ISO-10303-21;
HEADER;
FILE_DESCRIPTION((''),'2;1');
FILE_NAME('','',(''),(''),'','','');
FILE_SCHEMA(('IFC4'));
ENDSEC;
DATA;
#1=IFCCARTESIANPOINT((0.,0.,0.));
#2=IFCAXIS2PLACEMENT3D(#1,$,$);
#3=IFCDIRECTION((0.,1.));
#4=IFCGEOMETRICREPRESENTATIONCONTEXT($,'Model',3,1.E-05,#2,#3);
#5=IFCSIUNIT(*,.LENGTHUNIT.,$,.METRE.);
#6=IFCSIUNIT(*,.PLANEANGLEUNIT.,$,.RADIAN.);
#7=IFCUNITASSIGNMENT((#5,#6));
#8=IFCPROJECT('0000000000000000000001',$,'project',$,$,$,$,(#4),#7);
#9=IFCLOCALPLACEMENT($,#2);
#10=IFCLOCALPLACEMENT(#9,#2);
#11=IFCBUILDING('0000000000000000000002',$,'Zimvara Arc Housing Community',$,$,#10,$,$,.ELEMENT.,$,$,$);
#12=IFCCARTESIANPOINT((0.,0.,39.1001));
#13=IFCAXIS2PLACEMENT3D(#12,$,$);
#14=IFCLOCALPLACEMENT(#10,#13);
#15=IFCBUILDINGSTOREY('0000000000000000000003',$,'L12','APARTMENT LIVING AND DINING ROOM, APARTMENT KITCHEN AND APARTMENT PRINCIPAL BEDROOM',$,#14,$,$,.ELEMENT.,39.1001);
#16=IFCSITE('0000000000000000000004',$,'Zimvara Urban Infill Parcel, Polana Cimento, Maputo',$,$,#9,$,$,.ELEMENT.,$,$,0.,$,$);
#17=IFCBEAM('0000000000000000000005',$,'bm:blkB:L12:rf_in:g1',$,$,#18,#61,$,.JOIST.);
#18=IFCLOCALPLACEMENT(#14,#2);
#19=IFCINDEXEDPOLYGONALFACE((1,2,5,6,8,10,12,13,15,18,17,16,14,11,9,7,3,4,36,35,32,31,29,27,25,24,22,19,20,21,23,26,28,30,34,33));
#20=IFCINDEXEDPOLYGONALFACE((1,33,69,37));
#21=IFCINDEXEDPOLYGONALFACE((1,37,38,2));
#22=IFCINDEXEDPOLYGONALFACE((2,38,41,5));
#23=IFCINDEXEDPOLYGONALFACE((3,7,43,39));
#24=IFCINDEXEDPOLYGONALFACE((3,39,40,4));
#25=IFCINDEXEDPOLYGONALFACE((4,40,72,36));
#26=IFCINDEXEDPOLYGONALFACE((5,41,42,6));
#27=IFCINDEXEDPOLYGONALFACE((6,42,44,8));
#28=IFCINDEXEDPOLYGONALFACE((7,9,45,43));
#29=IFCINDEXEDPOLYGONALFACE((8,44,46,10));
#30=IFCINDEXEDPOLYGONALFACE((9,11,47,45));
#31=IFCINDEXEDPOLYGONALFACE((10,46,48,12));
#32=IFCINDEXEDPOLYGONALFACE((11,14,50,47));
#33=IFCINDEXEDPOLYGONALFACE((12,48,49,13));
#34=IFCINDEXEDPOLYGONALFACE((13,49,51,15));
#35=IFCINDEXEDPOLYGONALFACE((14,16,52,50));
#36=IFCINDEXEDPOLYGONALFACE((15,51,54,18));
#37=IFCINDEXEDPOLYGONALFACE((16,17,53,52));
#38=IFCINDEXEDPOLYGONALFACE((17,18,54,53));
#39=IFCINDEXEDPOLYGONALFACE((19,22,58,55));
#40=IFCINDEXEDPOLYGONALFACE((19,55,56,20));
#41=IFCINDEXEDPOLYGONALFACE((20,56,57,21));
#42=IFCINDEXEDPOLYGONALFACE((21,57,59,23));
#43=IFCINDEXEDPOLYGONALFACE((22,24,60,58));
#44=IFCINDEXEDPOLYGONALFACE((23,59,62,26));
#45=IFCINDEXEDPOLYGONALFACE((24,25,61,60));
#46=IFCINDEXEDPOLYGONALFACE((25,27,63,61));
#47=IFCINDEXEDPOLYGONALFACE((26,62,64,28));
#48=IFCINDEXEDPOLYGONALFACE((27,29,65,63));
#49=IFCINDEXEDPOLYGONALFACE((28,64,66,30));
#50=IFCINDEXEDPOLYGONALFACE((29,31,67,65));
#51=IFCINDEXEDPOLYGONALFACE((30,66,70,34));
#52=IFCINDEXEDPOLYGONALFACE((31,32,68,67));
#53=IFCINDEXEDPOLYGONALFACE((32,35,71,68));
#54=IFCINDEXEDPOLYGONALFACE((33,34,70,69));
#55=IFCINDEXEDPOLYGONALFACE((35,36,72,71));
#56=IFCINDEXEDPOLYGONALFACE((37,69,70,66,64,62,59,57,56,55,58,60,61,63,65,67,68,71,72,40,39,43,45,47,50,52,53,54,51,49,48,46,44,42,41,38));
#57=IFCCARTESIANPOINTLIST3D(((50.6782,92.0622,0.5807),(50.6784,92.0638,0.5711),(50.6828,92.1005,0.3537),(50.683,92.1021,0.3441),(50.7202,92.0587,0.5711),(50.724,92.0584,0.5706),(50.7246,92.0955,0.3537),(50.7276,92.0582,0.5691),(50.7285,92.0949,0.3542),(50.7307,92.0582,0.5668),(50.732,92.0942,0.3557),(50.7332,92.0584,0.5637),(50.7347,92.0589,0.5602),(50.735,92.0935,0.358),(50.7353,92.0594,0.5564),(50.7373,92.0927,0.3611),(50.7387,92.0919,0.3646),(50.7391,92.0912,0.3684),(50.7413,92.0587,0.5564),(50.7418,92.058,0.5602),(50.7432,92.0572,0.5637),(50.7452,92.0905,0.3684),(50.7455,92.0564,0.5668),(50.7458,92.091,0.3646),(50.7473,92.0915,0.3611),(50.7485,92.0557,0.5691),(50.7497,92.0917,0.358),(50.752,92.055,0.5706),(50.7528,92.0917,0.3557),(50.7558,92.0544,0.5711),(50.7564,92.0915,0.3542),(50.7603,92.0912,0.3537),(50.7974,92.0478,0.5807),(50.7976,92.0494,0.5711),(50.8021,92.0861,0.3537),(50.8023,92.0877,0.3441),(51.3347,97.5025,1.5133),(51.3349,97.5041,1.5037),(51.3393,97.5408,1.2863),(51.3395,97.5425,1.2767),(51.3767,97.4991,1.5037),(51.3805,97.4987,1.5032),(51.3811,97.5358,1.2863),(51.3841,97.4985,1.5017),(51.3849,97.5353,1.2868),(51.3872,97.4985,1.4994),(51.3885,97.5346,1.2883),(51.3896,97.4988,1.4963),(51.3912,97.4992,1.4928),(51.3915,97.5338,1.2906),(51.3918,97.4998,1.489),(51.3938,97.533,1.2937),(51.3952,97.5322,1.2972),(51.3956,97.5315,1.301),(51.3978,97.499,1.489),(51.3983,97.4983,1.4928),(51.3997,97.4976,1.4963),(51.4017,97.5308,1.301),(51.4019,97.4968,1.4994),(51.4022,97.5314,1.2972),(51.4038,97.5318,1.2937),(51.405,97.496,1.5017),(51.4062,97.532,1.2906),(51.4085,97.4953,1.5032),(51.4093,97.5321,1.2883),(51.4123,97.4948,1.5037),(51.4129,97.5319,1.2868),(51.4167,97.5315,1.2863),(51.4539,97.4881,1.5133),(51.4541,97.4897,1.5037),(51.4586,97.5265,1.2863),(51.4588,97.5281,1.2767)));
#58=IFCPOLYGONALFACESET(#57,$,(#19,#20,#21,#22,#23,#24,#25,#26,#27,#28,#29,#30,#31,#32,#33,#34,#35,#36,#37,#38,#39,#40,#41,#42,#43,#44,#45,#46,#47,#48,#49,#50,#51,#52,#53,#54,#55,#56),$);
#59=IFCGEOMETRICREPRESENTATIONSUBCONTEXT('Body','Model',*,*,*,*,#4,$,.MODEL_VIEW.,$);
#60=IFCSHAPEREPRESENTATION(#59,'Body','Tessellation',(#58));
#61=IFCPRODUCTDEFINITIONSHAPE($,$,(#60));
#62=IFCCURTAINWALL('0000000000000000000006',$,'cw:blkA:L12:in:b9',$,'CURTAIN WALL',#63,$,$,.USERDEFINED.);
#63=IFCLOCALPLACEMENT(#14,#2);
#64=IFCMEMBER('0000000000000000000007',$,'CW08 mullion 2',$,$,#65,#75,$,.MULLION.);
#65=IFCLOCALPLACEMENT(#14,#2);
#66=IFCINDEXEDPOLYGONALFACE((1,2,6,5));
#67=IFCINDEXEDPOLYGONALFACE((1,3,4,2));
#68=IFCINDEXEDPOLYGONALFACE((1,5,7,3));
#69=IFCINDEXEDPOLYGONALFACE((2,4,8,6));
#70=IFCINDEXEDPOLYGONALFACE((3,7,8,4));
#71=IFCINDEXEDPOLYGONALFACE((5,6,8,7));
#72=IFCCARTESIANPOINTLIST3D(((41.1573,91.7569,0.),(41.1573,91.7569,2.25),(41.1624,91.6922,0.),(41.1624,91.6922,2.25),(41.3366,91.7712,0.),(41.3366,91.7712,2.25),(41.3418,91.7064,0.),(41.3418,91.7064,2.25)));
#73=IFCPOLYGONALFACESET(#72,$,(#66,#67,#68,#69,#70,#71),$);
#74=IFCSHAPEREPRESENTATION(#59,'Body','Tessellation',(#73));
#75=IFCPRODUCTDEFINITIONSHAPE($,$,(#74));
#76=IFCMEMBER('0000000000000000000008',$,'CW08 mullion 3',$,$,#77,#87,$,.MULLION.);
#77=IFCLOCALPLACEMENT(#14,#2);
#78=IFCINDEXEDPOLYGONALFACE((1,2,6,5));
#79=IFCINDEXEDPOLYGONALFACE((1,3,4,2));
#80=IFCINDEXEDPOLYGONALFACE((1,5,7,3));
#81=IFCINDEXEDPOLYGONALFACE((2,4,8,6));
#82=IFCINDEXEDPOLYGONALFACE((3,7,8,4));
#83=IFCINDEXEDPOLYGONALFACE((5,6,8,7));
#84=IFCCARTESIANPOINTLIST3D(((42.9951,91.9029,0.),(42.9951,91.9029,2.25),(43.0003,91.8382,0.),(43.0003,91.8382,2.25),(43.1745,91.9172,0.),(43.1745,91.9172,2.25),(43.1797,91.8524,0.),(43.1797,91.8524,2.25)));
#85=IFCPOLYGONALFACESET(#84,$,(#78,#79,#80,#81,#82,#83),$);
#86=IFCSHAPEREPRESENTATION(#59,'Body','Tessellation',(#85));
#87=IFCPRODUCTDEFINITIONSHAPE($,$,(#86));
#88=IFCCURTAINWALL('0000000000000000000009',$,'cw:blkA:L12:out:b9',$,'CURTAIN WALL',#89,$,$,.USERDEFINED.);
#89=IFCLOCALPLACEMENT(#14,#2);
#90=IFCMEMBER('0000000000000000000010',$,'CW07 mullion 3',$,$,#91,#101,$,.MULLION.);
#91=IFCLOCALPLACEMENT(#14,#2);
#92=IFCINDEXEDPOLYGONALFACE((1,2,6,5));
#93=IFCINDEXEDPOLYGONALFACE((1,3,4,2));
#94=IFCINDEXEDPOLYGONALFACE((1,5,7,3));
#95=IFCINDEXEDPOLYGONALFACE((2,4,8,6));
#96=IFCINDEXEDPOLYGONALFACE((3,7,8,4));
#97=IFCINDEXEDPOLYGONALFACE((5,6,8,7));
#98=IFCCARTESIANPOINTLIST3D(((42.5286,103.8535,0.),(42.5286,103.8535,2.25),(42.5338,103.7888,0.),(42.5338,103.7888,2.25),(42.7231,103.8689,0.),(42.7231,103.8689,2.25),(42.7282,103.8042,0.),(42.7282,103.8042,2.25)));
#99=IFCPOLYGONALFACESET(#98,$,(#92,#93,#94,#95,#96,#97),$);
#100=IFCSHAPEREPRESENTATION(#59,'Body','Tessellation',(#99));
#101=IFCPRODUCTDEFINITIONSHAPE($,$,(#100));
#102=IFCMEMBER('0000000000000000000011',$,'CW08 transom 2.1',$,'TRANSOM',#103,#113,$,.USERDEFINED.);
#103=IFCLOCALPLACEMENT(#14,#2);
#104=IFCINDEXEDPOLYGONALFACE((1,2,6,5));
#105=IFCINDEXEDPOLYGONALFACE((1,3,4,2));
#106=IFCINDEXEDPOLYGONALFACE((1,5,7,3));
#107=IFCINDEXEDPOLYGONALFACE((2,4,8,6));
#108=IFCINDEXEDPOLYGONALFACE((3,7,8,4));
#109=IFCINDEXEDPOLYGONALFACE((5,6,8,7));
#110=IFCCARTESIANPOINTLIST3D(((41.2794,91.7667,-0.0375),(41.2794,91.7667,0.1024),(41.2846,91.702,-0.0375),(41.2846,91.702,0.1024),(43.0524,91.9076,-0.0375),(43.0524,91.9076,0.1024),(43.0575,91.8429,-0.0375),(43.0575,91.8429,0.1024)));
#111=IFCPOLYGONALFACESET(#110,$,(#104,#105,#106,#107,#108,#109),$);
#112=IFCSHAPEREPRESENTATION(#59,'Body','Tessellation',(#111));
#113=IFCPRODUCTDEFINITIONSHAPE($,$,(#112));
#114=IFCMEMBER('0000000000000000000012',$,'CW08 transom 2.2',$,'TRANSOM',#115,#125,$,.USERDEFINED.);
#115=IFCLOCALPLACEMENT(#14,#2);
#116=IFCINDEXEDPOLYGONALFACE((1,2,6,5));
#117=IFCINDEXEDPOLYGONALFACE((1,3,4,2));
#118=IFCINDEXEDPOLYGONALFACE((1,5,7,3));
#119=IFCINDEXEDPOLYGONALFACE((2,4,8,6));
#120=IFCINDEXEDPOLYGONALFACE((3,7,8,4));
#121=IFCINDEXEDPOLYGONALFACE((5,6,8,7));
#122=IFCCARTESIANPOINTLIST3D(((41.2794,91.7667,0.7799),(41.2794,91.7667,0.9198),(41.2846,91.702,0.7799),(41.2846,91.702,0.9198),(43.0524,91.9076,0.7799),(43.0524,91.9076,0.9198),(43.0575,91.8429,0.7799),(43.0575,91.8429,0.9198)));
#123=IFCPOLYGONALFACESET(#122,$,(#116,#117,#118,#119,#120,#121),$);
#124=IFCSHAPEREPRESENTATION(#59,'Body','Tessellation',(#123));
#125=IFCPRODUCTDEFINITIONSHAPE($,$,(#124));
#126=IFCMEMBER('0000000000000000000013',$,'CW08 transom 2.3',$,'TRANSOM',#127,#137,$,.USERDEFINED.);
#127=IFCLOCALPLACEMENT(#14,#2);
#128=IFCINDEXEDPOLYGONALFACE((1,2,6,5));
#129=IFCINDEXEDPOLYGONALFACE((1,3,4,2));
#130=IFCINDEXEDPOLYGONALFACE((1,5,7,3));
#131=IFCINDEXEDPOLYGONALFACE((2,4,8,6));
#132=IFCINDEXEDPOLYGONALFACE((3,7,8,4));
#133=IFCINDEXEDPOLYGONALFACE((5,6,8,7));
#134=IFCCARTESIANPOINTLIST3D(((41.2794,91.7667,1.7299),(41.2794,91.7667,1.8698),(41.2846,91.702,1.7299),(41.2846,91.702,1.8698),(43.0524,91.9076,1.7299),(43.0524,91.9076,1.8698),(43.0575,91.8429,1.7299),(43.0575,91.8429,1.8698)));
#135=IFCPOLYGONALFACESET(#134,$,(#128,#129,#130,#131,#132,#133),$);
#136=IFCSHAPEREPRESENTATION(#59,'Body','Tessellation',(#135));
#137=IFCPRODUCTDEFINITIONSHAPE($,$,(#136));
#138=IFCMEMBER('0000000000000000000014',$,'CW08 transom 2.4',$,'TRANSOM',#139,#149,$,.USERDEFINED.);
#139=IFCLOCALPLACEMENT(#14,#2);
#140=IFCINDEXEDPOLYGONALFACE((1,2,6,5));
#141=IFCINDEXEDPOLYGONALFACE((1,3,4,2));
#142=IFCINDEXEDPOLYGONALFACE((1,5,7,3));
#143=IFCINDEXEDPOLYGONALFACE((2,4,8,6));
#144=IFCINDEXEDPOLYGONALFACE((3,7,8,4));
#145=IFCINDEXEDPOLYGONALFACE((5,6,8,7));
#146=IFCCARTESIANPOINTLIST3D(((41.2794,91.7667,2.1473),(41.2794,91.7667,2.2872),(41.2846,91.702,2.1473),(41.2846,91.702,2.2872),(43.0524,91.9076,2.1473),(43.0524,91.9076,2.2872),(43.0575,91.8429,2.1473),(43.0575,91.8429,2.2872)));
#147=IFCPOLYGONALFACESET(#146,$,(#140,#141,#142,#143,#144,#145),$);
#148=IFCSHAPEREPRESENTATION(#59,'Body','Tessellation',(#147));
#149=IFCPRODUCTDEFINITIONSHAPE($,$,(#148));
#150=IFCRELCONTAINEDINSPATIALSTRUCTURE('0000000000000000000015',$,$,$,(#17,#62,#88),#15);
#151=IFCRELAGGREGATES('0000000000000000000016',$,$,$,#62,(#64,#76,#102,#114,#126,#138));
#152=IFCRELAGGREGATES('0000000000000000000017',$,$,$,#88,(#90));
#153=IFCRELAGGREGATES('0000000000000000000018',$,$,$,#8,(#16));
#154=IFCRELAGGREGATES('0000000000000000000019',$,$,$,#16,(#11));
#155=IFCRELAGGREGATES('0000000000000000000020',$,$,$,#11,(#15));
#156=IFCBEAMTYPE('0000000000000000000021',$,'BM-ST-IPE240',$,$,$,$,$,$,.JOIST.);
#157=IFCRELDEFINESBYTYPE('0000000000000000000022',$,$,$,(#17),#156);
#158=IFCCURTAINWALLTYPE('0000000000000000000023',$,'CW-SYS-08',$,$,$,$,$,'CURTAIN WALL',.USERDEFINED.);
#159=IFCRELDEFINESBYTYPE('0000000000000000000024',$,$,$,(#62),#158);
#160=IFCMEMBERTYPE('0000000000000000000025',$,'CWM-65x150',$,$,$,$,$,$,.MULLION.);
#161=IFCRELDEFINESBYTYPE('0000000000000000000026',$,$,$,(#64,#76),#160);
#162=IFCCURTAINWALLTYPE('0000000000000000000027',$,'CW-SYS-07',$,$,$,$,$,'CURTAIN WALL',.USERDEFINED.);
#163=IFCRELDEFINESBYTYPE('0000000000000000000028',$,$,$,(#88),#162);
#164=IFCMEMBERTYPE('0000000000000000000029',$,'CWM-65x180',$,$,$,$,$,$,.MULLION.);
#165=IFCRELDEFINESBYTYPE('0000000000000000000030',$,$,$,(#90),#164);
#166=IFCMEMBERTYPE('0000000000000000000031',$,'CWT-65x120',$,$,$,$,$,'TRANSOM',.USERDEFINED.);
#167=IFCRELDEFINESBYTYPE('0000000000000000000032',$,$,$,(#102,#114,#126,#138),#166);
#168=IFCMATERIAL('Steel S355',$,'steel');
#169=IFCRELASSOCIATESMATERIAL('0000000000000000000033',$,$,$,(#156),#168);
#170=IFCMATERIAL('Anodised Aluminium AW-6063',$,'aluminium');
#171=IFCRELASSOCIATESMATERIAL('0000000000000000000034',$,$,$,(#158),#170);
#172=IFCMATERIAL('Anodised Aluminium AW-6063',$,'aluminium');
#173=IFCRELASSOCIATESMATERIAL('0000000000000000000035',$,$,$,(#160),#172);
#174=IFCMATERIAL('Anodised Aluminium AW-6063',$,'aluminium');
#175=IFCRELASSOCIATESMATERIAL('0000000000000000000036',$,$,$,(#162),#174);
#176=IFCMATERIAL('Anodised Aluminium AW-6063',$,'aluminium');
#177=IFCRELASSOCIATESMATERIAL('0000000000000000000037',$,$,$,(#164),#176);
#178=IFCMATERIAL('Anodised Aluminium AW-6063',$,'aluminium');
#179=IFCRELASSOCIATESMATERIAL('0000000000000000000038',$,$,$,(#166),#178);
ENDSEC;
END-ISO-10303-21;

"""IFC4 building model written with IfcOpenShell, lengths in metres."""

from ifc_helpers import new_model, si_unit, direction, frame, origin, origin_2d, place, context, subcontext, project, spatial, rectangle, i_section, extrude, material, material_profile, profile_set, type_object, element, aggregate, save


model = new_model("IFC4")

# Units and contexts
model_context = context("Model", 3, precision=1e-05, world=origin(), true_north=direction((0.0, 1.0)))
body_context = subcontext(model_context, "Body", "Model", "MODEL_VIEW")
ifc_project = project(units=[si_unit("LENGTHUNIT", "METRE"), si_unit("PLANEANGLEUNIT", "RADIAN")], contexts=[model_context])

# Site, building, storey
site_placement = place(None, origin())
site = spatial("IfcSite", under=ifc_project, at=site_placement, Name="Zimvara Urban Infill Parcel, Polana Cimento, Maputo", CompositionType="ELEMENT", RefElevation=0.0)
building_placement = place(site_placement, origin())
building = spatial("IfcBuilding", under=site, at=building_placement, Name="Zimvara Arc Housing Community", CompositionType="ELEMENT")
storey_placement = place(building_placement, frame((0.0, 0.0, 39.1001)))
storey = spatial("IfcBuildingStorey", under=building, at=storey_placement, Name="L12", Description="APARTMENT LIVING AND DINING ROOM, APARTMENT KITCHEN AND APARTMENT PRINCIPAL BEDROOM", CompositionType="ELEMENT", Elevation=39.1001)

# Beam
ifc_material_1 = material(Name="Steel S355", Category="steel")
ifc_material_profile_1 = material_profile(ifc_material_1, i_section(OverallWidth=0.1201, OverallDepth=0.24, WebThickness=0.0061, FlangeThickness=0.0098, FilletRadius=0.0149, at=origin_2d()), Name="IPE 240")
ifc_profile_set_1 = profile_set([ifc_material_profile_1], Name="Steel S355")
beam_type_1 = type_object("IfcBeamType", Name="BM-ST-IPE240", PredefinedType="JOIST", material=ifc_profile_set_1)
beam_1_placement = place(storey_placement, frame((50.7402, 92.075, 0.4624), z_axis=(0.118102, 0.978725, 0.167776), x_axis=(-0.992798, 0.1198, 0.0)))
element("IfcBeam", 1, at=beam_1_placement, inside=storey, type_object=beam_type_1, Name="bm:blkB:L12:rf_in:g1", PredefinedType="JOIST", context=body_context, shape_type="SweptSolid", body=[
    extrude(i_section(OverallWidth=0.1201, OverallDepth=0.24, WebThickness=0.0061, FlangeThickness=0.0098, FilletRadius=0.0149, at=origin_2d()), origin(), (0.0, 0.0, 1.0), 5.5586),
])

# Curtain wall, members
ifc_material_2 = material(Name="Anodised Aluminium AW-6063", Category="aluminium")
curtain_wall_type_1 = type_object("IfcCurtainWallType", Name="CW-SYS-08", ElementType="CURTAIN WALL", PredefinedType="USERDEFINED", material=ifc_material_2)
curtain_wall_1_placement = place(storey_placement, origin())
curtain_wall_1 = element("IfcCurtainWall", 2, at=curtain_wall_1_placement, inside=storey, type_object=curtain_wall_type_1, Name="cw:blkA:L12:in:b9", ObjectType="CURTAIN WALL", PredefinedType="USERDEFINED")
ifc_material_3 = material(Name="Anodised Aluminium AW-6063", Category="aluminium")
ifc_material_profile_2 = material_profile(ifc_material_3, rectangle(XDim=0.0649, YDim=0.1799, at=origin_2d()), Name="ALU 65x180")
ifc_profile_set_2 = profile_set([ifc_material_profile_2], Name="Anodised Aluminium AW-6063")
member_type_1 = type_object("IfcMemberType", Name="CWM-65x150", PredefinedType="MULLION", material=ifc_profile_set_2)
member_1_placement = place(storey_placement, frame((41.2495, 91.7317, 0.0), z_axis=(0.0, 0.0, 1.0), x_axis=(-0.079155, 0.996862, 0.0)))
member_1 = element("IfcMember", 3, at=member_1_placement, type_object=member_type_1, Name="CW08 mullion 2", PredefinedType="MULLION", context=body_context, shape_type="SweptSolid", body=[
    extrude(rectangle(XDim=0.0649, YDim=0.1799, at=origin_2d()), origin(), (0.0, 0.0, 1.0), 2.25),
])
member_2_placement = place(storey_placement, frame((43.0874, 91.8777, 0.0), z_axis=(0.0, 0.0, 1.0), x_axis=(-0.079155, 0.996862, 0.0)))
member_2 = element("IfcMember", 4, at=member_2_placement, type_object=member_type_1, Name="CW08 mullion 3", PredefinedType="MULLION", context=body_context, shape_type="SweptSolid", body=[
    extrude(rectangle(XDim=0.0649, YDim=0.1799, at=origin_2d()), origin(), (0.0, 0.0, 1.0), 2.25),
])

# Curtain wall, member
ifc_material_4 = material(Name="Anodised Aluminium AW-6063", Category="aluminium")
curtain_wall_type_2 = type_object("IfcCurtainWallType", Name="CW-SYS-07", ElementType="CURTAIN WALL", PredefinedType="USERDEFINED", material=ifc_material_4)
curtain_wall_2_placement = place(storey_placement, origin())
curtain_wall_2 = element("IfcCurtainWall", 5, at=curtain_wall_2_placement, inside=storey, type_object=curtain_wall_type_2, Name="cw:blkA:L12:out:b9", ObjectType="CURTAIN WALL", PredefinedType="USERDEFINED")
ifc_material_5 = material(Name="Anodised Aluminium AW-6063", Category="aluminium")
ifc_material_profile_3 = material_profile(ifc_material_5, rectangle(XDim=0.0649, YDim=0.1951, at=origin_2d()), Name="ALU 65x195")
ifc_profile_set_3 = profile_set([ifc_material_profile_3], Name="Anodised Aluminium AW-6063")
member_type_2 = type_object("IfcMemberType", Name="CWM-65x180", PredefinedType="MULLION", material=ifc_profile_set_3)
member_3_placement = place(storey_placement, frame((42.6284, 103.8289, 0.0), z_axis=(0.0, 0.0, 1.0), x_axis=(-0.079154, 0.996862, 0.0)))
member_3 = element("IfcMember", 6, at=member_3_placement, type_object=member_type_2, Name="CW07 mullion 3", PredefinedType="MULLION", context=body_context, shape_type="SweptSolid", body=[
    extrude(rectangle(XDim=0.0649, YDim=0.1951, at=origin_2d()), origin(), (0.0, 0.0, 1.0), 2.25),
])

# Members
ifc_material_6 = material(Name="Anodised Aluminium AW-6063", Category="aluminium")
ifc_material_profile_4 = material_profile(ifc_material_6, rectangle(XDim=0.0649, YDim=0.1399, at=origin_2d()), Name="ALU 65x140")
ifc_profile_set_4 = profile_set([ifc_material_profile_4], Name="Anodised Aluminium AW-6063")
member_type_3 = type_object("IfcMemberType", Name="CWT-65x120", ElementType="TRANSOM", PredefinedType="USERDEFINED", material=ifc_profile_set_4)
member_4_placement = place(storey_placement, frame((41.282, 91.7344, 0.0325), z_axis=(0.996858, 0.079205, 0.0), x_axis=(-0.079205, 0.996858, 0.0)))
member_4 = element("IfcMember", 7, at=member_4_placement, type_object=member_type_3, Name="CW08 transom 2.1", ObjectType="TRANSOM", PredefinedType="USERDEFINED", context=body_context, shape_type="SweptSolid", body=[
    extrude(rectangle(XDim=0.0649, YDim=0.1399, at=origin_2d()), origin(), (0.0, 0.0, 1.0), 1.7786),
])
member_5_placement = place(storey_placement, frame((41.282, 91.7344, 0.8499), z_axis=(0.996858, 0.079205, 0.0), x_axis=(-0.079205, 0.996858, 0.0)))
member_5 = element("IfcMember", 8, at=member_5_placement, type_object=member_type_3, Name="CW08 transom 2.2", ObjectType="TRANSOM", PredefinedType="USERDEFINED", context=body_context, shape_type="SweptSolid", body=[
    extrude(rectangle(XDim=0.0649, YDim=0.1399, at=origin_2d()), origin(), (0.0, 0.0, 1.0), 1.7786),
])
member_6_placement = place(storey_placement, frame((41.282, 91.7344, 1.7998), z_axis=(0.996858, 0.079205, 0.0), x_axis=(-0.079205, 0.996858, 0.0)))
member_6 = element("IfcMember", 9, at=member_6_placement, type_object=member_type_3, Name="CW08 transom 2.3", ObjectType="TRANSOM", PredefinedType="USERDEFINED", context=body_context, shape_type="SweptSolid", body=[
    extrude(rectangle(XDim=0.0649, YDim=0.1399, at=origin_2d()), origin(), (0.0, 0.0, 1.0), 1.7786),
])
member_7_placement = place(storey_placement, frame((41.282, 91.7344, 2.2173), z_axis=(0.996858, 0.079205, 0.0), x_axis=(-0.079205, 0.996858, 0.0)))
member_7 = element("IfcMember", 10, at=member_7_placement, type_object=member_type_3, Name="CW08 transom 2.4", ObjectType="TRANSOM", PredefinedType="USERDEFINED", context=body_context, shape_type="SweptSolid", body=[
    extrude(rectangle(XDim=0.0649, YDim=0.1399, at=origin_2d()), origin(), (0.0, 0.0, 1.0), 1.7786),
])

aggregate(curtain_wall_1, [member_1, member_2, member_4, member_5, member_6, member_7])
aggregate(curtain_wall_2, [member_3])

save(model, "model.ifc")
